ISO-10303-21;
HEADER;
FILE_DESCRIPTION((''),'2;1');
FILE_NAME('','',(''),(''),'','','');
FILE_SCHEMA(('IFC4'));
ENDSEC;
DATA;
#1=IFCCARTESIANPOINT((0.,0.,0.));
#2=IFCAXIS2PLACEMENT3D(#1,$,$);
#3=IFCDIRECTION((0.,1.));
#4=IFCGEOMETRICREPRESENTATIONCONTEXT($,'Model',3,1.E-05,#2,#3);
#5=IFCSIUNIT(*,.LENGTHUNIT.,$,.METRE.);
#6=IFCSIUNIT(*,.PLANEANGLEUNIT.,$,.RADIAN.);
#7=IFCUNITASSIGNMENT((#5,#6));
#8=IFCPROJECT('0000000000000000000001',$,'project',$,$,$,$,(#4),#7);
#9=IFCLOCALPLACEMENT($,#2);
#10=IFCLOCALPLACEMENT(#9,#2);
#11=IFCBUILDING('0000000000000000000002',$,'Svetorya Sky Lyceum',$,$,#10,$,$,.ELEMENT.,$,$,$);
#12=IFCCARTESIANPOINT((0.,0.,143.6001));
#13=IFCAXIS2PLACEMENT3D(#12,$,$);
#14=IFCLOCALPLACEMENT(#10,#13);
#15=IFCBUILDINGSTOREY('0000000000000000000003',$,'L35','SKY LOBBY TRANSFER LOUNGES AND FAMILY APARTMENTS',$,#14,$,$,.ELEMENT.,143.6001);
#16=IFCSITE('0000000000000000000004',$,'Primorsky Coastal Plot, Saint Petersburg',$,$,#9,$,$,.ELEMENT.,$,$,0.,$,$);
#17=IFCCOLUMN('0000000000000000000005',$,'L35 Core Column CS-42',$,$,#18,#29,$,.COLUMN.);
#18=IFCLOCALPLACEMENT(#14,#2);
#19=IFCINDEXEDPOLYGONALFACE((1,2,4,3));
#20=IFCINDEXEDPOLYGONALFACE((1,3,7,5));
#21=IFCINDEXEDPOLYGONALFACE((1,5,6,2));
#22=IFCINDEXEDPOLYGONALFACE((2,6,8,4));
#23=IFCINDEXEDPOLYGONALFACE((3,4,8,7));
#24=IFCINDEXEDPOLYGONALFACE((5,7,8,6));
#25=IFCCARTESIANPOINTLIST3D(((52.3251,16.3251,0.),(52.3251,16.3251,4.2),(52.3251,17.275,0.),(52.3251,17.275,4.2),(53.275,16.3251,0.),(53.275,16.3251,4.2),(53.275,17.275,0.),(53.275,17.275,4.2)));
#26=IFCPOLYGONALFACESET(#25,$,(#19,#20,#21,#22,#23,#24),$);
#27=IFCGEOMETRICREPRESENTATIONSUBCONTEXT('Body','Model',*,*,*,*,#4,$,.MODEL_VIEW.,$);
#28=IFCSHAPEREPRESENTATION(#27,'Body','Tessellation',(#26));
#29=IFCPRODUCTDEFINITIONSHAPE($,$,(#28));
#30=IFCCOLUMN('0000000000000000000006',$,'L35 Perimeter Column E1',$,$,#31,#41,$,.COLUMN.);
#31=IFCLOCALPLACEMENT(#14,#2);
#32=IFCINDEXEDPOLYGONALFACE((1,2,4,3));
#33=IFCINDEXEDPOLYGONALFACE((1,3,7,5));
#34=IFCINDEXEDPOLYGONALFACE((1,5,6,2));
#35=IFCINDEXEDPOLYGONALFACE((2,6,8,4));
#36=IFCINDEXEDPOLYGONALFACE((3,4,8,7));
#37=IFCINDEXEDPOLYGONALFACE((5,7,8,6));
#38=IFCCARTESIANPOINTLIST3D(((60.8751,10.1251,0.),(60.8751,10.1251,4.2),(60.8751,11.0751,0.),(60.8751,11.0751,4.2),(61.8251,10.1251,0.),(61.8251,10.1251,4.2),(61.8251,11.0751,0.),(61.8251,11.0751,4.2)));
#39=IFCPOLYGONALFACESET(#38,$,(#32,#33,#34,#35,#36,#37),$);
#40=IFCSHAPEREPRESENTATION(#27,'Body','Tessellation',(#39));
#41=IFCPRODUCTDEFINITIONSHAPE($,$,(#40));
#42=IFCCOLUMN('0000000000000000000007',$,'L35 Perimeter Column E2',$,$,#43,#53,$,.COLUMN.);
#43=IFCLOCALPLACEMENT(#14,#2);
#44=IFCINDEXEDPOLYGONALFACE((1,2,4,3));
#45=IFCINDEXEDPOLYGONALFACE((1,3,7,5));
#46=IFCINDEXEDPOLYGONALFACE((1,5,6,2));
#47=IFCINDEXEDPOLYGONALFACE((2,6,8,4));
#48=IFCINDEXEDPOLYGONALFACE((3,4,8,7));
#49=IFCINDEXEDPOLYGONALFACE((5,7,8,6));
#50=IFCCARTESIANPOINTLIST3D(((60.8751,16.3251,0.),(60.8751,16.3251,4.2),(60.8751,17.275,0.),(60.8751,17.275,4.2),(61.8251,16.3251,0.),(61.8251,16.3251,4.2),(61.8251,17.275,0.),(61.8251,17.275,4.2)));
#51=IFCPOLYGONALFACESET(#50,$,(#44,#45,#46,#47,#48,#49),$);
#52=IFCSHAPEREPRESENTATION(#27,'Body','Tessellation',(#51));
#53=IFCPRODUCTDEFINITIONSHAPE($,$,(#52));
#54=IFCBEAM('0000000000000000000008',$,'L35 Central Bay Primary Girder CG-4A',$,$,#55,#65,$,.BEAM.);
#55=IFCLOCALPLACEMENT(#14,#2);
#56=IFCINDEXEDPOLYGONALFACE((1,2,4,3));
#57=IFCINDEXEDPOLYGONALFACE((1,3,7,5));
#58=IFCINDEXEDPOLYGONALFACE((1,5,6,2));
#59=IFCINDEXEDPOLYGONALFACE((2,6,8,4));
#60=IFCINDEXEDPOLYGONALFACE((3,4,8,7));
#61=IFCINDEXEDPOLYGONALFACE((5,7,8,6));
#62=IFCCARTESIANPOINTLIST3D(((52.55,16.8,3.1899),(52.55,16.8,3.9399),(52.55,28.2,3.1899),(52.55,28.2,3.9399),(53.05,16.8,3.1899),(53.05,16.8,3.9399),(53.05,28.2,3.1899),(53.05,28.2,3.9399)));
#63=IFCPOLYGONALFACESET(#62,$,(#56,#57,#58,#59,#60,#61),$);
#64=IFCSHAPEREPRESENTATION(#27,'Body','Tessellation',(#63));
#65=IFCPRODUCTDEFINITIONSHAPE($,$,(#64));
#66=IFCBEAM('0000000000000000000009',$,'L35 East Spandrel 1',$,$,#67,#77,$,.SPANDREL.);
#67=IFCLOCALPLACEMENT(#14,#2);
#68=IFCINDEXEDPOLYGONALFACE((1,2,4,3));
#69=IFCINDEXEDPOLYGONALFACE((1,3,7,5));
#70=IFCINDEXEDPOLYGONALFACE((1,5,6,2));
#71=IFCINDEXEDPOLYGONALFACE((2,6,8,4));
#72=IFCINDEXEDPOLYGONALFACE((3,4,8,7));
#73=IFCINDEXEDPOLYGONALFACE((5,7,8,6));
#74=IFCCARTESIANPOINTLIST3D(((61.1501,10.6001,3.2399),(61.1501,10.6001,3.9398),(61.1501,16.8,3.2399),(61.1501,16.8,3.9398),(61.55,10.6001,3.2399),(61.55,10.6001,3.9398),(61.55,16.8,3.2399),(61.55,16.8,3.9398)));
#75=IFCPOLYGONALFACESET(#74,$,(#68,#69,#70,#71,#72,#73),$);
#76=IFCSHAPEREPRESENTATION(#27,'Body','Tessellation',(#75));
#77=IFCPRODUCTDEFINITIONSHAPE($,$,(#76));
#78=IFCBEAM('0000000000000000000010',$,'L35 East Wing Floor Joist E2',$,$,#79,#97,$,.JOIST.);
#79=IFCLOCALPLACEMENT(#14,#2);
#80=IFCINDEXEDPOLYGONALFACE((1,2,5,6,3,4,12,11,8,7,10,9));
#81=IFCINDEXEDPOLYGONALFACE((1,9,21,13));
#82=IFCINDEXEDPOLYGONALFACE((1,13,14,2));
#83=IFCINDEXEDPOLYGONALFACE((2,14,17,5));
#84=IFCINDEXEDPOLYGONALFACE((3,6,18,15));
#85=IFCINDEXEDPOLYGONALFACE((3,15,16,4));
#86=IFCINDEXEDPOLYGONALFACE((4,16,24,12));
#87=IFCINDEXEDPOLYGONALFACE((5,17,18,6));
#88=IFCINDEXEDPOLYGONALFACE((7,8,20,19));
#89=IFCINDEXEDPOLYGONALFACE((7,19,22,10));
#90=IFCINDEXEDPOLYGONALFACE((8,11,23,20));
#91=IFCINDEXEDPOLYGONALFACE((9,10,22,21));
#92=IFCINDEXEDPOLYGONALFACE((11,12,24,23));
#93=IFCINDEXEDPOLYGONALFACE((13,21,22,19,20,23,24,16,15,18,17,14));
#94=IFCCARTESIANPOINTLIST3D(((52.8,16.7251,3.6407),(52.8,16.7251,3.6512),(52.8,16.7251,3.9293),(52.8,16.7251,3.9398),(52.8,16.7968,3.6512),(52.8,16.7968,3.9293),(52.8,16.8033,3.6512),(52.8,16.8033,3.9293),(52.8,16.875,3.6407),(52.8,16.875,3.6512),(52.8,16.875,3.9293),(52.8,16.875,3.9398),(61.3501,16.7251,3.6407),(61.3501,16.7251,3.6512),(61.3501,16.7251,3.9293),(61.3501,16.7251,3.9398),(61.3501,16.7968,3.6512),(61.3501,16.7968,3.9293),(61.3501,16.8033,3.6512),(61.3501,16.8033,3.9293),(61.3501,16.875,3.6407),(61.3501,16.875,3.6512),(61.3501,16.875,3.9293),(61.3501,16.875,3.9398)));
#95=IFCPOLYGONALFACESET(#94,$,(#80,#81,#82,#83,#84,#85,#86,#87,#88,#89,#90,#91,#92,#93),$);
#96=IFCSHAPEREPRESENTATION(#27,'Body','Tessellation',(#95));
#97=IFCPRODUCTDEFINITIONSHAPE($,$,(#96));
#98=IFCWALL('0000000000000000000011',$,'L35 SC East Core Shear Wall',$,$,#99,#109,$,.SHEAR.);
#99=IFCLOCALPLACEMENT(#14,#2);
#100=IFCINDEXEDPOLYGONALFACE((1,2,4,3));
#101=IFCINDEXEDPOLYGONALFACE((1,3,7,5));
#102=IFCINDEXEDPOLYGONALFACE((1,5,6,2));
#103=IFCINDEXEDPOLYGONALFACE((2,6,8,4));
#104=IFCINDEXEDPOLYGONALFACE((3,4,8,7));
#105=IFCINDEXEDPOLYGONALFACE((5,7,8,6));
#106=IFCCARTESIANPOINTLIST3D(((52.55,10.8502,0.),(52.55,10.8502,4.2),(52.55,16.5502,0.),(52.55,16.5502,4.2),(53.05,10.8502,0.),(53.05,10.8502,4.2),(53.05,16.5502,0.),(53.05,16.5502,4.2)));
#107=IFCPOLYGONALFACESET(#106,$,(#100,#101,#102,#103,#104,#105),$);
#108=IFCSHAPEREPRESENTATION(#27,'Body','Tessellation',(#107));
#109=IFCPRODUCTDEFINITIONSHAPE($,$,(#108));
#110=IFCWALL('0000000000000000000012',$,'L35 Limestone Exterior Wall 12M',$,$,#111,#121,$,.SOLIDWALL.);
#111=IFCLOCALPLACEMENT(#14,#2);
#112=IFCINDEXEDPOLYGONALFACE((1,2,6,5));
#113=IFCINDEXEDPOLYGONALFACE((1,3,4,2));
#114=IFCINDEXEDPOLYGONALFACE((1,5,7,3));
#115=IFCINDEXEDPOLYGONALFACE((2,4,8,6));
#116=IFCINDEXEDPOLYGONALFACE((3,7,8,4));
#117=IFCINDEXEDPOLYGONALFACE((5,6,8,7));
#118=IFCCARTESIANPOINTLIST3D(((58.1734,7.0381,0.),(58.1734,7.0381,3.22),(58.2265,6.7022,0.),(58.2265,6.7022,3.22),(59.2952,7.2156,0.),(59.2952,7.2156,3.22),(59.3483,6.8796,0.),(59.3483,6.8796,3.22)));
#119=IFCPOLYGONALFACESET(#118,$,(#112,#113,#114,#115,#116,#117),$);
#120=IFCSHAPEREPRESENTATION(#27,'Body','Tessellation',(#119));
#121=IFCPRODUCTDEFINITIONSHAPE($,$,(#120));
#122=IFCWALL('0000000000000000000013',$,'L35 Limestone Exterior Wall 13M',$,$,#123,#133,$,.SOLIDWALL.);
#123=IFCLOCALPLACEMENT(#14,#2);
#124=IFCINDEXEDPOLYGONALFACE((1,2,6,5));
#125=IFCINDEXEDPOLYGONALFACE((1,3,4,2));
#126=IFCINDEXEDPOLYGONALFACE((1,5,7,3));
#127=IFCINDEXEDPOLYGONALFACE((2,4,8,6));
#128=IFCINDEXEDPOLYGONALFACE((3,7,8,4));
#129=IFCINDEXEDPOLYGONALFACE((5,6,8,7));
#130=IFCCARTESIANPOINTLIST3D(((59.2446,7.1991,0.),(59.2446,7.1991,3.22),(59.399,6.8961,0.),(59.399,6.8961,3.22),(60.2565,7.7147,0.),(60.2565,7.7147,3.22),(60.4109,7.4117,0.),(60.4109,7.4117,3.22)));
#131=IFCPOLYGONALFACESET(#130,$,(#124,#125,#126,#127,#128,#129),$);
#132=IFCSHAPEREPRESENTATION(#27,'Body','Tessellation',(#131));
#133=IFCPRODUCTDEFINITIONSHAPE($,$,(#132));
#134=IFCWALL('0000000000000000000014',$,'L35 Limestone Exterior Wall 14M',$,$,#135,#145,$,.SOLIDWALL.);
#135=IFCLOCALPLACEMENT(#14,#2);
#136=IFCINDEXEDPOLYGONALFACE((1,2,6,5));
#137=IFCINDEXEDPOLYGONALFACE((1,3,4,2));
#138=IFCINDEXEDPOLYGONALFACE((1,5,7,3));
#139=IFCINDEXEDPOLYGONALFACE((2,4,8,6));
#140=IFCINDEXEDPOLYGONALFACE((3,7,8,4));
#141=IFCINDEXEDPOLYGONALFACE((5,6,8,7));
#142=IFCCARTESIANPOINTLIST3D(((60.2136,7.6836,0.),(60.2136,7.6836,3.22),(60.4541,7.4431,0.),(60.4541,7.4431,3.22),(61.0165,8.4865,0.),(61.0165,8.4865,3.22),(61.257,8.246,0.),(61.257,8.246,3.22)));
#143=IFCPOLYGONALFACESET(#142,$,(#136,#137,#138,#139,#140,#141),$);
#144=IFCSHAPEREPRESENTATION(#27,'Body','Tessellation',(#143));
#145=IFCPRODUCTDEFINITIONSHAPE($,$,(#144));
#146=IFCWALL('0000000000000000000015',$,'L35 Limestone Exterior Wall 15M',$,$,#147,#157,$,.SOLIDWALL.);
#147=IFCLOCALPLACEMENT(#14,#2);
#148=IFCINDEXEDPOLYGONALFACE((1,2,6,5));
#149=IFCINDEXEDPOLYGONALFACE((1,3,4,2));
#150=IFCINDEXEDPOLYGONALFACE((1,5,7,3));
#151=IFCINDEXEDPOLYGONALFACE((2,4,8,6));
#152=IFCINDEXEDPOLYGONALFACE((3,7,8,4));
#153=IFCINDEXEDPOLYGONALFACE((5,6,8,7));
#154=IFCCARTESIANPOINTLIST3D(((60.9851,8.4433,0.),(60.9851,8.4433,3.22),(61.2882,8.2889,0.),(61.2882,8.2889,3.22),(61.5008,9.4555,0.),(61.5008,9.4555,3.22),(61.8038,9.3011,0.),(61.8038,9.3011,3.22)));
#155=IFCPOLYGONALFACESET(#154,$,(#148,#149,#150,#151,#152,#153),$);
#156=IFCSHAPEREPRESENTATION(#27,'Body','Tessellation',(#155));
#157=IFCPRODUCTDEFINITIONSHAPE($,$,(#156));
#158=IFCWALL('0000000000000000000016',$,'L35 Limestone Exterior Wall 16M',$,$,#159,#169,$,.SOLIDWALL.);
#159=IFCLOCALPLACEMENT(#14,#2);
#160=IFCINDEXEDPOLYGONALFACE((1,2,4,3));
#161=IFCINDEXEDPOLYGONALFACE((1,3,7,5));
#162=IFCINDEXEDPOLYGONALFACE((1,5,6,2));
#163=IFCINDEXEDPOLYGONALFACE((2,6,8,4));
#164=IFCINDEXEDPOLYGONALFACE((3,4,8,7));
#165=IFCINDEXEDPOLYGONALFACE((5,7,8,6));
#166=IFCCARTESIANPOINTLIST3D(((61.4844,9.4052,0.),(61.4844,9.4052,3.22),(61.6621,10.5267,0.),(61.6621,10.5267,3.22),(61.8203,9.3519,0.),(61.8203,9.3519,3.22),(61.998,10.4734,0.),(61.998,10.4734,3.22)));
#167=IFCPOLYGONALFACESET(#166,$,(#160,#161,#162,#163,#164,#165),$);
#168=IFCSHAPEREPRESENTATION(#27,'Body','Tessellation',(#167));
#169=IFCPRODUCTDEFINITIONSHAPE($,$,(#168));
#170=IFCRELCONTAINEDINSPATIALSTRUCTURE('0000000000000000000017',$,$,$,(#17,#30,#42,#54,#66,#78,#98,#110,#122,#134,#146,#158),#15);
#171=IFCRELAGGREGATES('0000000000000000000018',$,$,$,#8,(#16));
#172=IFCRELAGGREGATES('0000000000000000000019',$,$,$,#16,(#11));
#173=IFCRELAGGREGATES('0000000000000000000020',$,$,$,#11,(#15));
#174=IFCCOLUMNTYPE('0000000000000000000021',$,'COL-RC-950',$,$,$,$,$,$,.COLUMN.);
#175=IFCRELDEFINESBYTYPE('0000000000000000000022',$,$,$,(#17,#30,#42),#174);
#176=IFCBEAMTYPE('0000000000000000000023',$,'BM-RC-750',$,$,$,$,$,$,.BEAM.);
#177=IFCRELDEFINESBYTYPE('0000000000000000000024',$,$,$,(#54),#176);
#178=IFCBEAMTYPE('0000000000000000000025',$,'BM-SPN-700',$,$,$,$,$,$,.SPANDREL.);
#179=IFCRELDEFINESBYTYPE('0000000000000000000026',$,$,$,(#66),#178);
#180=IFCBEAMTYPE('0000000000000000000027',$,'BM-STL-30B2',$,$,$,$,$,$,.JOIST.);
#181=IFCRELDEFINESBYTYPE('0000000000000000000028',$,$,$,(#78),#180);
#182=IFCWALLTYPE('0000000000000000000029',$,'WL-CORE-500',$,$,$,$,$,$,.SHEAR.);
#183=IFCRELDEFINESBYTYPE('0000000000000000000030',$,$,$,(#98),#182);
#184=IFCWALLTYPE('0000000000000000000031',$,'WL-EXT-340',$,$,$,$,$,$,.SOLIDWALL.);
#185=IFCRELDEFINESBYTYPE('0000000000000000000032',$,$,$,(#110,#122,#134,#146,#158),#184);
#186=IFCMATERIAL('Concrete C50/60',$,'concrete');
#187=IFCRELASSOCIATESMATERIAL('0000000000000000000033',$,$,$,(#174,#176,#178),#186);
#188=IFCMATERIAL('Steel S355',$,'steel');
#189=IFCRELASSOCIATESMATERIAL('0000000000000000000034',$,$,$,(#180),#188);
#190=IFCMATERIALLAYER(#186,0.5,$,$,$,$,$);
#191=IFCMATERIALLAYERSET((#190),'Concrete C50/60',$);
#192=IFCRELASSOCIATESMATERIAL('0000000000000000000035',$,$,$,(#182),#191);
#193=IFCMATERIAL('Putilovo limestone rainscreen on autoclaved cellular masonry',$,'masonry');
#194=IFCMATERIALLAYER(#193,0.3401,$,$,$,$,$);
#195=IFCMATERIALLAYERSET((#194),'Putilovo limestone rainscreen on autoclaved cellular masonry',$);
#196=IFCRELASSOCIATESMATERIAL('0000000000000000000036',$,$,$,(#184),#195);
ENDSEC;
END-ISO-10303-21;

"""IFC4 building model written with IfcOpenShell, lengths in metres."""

from ifc_helpers import new_model, si_unit, direction, frame, frame_2d, origin, origin_2d, place, context, subcontext, project, spatial, rectangle, i_section, extrude, material, layer, layer_set, material_profile, profile_set, type_object, element, save


model = new_model("IFC4")

# Units and contexts
model_context = context("Model", 3, precision=1e-05, world=origin(), true_north=direction((0.0, 1.0)))
body_context = subcontext(model_context, "Body", "Model", "MODEL_VIEW")
ifc_project = project(units=[si_unit("LENGTHUNIT", "METRE"), si_unit("PLANEANGLEUNIT", "RADIAN")], contexts=[model_context])

# Site, building, storey
site_placement = place(None, origin())
site = spatial("IfcSite", under=ifc_project, at=site_placement, Name="Primorsky Coastal Plot, Saint Petersburg", CompositionType="ELEMENT", RefElevation=0.0)
building_placement = place(site_placement, origin())
building = spatial("IfcBuilding", under=site, at=building_placement, Name="Svetorya Sky Lyceum", CompositionType="ELEMENT")
storey_placement = place(building_placement, frame((0.0, 0.0, 143.6001)))
storey = spatial("IfcBuildingStorey", under=building, at=storey_placement, Name="L35", Description="SKY LOBBY TRANSFER LOUNGES AND FAMILY APARTMENTS", CompositionType="ELEMENT", Elevation=143.6001)

# Columns
ifc_material_1 = material(Name="Concrete C50/60", Category="concrete")
ifc_material_profile_1 = material_profile(ifc_material_1, rectangle(XDim=0.95, YDim=0.95, at=origin_2d()), Name="RC COL 950x950")
ifc_profile_set_1 = profile_set([ifc_material_profile_1], Name="Concrete C50/60")
column_type = type_object("IfcColumnType", Name="COL-RC-950", PredefinedType="COLUMN", material=ifc_profile_set_1)
for number, where, z_axis, x_axis, name in (
    (1, (52.8, 16.8, 0.0), (0.0, 0.0, 1.0), (1.0, 0.0, 0.0), "L35 Core Column CS-42"),
    (2, (61.3501, 10.6001, 0.0), (0.0, 0.0, 1.0), (1.0, 0.0, 0.0), "L35 Perimeter Column E1"),
    (3, (61.3501, 16.8, 0.0), (0.0, 0.0, 1.0), (1.0, 0.0, 0.0), "L35 Perimeter Column E2"),
):
    element("IfcColumn", number, at=place(storey_placement, frame(where, z_axis=z_axis, x_axis=x_axis)), inside=storey, type_object=column_type, Name=name, PredefinedType="COLUMN", context=body_context, shape_type="SweptSolid", body=[
        extrude(rectangle(XDim=0.95, YDim=0.95, at=origin_2d()), origin(), (0.0, 0.0, 1.0), 4.2),
    ])

# Beams
ifc_material_profile_2 = material_profile(ifc_material_1, rectangle(XDim=0.5, YDim=0.75, at=origin_2d()), Name="RC BEAM 500x750")
ifc_profile_set_2 = profile_set([ifc_material_profile_2], Name="Concrete C50/60")
beam_type_1 = type_object("IfcBeamType", Name="BM-RC-750", PredefinedType="BEAM", material=ifc_profile_set_2)
beam_1_placement = place(storey_placement, frame((52.8, 16.8, 3.5649), z_axis=(0.0, 1.0, 0.0), x_axis=(-1.0, 0.0, 0.0)))
element("IfcBeam", 4, at=beam_1_placement, inside=storey, type_object=beam_type_1, Name="L35 Central Bay Primary Girder CG-4A", PredefinedType="BEAM", context=body_context, shape_type="SweptSolid", body=[
    extrude(rectangle(XDim=0.5, YDim=0.75, at=origin_2d()), origin(), (0.0, 0.0, 1.0), 11.3999),
])
ifc_material_profile_3 = material_profile(ifc_material_1, rectangle(XDim=0.3999, YDim=0.7, at=origin_2d()), Name="RC SPANDREL 400x700")
ifc_profile_set_3 = profile_set([ifc_material_profile_3], Name="Concrete C50/60")
beam_type_2 = type_object("IfcBeamType", Name="BM-SPN-700", PredefinedType="SPANDREL", material=ifc_profile_set_3)
beam_2_placement = place(storey_placement, frame((61.3501, 10.6001, 3.5898), z_axis=(0.0, 1.0, 0.0), x_axis=(-1.0, 0.0, 0.0)))
element("IfcBeam", 5, at=beam_2_placement, inside=storey, type_object=beam_type_2, Name="L35 East Spandrel 1", PredefinedType="SPANDREL", context=body_context, shape_type="SweptSolid", body=[
    extrude(rectangle(XDim=0.3999, YDim=0.7, at=origin_2d()), origin(), (0.0, 0.0, 1.0), 6.2),
])
ifc_material_2 = material(Name="Steel S355", Category="steel")
ifc_material_profile_4 = material_profile(ifc_material_2, i_section(OverallWidth=0.1499, OverallDepth=0.2991, WebThickness=0.0066, FlangeThickness=0.0105, at=origin_2d()), Name="GOST 30B2")
ifc_profile_set_4 = profile_set([ifc_material_profile_4], Name="Steel S355")
beam_type_3 = type_object("IfcBeamType", Name="BM-STL-30B2", PredefinedType="JOIST", material=ifc_profile_set_4)
beam_3_placement = place(storey_placement, frame((52.8, 16.8, 3.7903), z_axis=(1.0, 0.0, 0.0), x_axis=(0.0, 1.0, 0.0)))
element("IfcBeam", 6, at=beam_3_placement, inside=storey, type_object=beam_type_3, Name="L35 East Wing Floor Joist E2", PredefinedType="JOIST", context=body_context, shape_type="SweptSolid", body=[
    extrude(i_section(OverallWidth=0.1499, OverallDepth=0.2991, WebThickness=0.0066, FlangeThickness=0.0105, at=origin_2d()), origin(), (0.0, 0.0, 1.0), 8.55),
])

# Walls
ifc_layer_1 = layer(ifc_material_1, 0.5)
ifc_layer_set_1 = layer_set([ifc_layer_1], Name="Concrete C50/60")
wall_type_1 = type_object("IfcWallType", Name="WL-CORE-500", PredefinedType="SHEAR", material=ifc_layer_set_1)
wall_1_placement = place(storey_placement, frame((52.8, 10.8501, 0.0), z_axis=(0.0, 0.0, 1.0), x_axis=(0.0, 1.0, 0.0)))
element("IfcWall", 7, at=wall_1_placement, inside=storey, type_object=wall_type_1, Name="L35 SC East Core Shear Wall", PredefinedType="SHEAR", context=body_context, shape_type="SweptSolid", body=[
    extrude(rectangle(XDim=5.7, YDim=0.5, at=frame_2d((2.8501, 0.0))), origin(), (0.0, 0.0, 1.0), 4.2),
])
ifc_material_3 = material(Name="Putilovo limestone rainscreen on autoclaved cellular masonry", Category="masonry")
ifc_layer_2 = layer(ifc_material_3, 0.3401)
ifc_layer_set_2 = layer_set([ifc_layer_2], Name="Putilovo limestone rainscreen on autoclaved cellular masonry")
wall_type_2 = type_object("IfcWallType", Name="WL-EXT-340", PredefinedType="SOLIDWALL", material=ifc_layer_set_2)
for number, where, z_axis, x_axis, name in (
    (8, (58.2, 6.8701, 0.0), (0.0, 0.0, 1.0), (0.987714, 0.156272, 0.0), "L35 Limestone Exterior Wall 12M"),
    (9, (59.3218, 7.0476, 0.0), (0.0, 0.0, 1.0), (0.891005, 0.453993, 0.0), "L35 Limestone Exterior Wall 13M"),
):
    element("IfcWall", number, at=place(storey_placement, frame(where, z_axis=z_axis, x_axis=x_axis)), inside=storey, type_object=wall_type_2, Name=name, PredefinedType="SOLIDWALL", context=body_context, shape_type="SweptSolid", body=[
        extrude(rectangle(XDim=1.1357, YDim=0.3401, at=frame_2d((0.5679, 0.0))), origin(), (0.0, 0.0, 1.0), 3.22),
    ])
wall_2_placement = place(storey_placement, frame((60.3337, 7.5632, 0.0), z_axis=(0.0, 0.0, 1.0), x_axis=(0.707107, 0.707107, 0.0)))
element("IfcWall", 10, at=wall_2_placement, inside=storey, type_object=wall_type_2, Name="L35 Limestone Exterior Wall 14M", PredefinedType="SOLIDWALL", context=body_context, shape_type="SweptSolid", body=[
    extrude(rectangle(XDim=1.1355, YDim=0.3401, at=frame_2d((0.5679, 0.0))), origin(), (0.0, 0.0, 1.0), 3.22),
])
wall_3_placement = place(storey_placement, frame((61.1367, 8.3662, 0.0), z_axis=(0.0, 0.0, 1.0), x_axis=(0.453906, 0.891049, 0.0)))
element("IfcWall", 11, at=wall_3_placement, inside=storey, type_object=wall_type_2, Name="L35 Limestone Exterior Wall 15M", PredefinedType="SOLIDWALL", context=body_context, shape_type="SweptSolid", body=[
    extrude(rectangle(XDim=1.136, YDim=0.3401, at=frame_2d((0.5679, 0.0))), origin(), (0.0, 0.0, 1.0), 3.22),
])
wall_4_placement = place(storey_placement, frame((61.6523, 9.3784, 0.0), z_axis=(0.0, 0.0, 1.0), x_axis=(0.156515, 0.987676, 0.0)))
element("IfcWall", 12, at=wall_4_placement, inside=storey, type_object=wall_type_2, Name="L35 Limestone Exterior Wall 16M", PredefinedType="SOLIDWALL", context=body_context, shape_type="SweptSolid", body=[
    extrude(rectangle(XDim=1.1355, YDim=0.3401, at=frame_2d((0.5679, 0.0))), origin(), (0.0, 0.0, 1.0), 3.22),
])

save(model, "model.ifc")
